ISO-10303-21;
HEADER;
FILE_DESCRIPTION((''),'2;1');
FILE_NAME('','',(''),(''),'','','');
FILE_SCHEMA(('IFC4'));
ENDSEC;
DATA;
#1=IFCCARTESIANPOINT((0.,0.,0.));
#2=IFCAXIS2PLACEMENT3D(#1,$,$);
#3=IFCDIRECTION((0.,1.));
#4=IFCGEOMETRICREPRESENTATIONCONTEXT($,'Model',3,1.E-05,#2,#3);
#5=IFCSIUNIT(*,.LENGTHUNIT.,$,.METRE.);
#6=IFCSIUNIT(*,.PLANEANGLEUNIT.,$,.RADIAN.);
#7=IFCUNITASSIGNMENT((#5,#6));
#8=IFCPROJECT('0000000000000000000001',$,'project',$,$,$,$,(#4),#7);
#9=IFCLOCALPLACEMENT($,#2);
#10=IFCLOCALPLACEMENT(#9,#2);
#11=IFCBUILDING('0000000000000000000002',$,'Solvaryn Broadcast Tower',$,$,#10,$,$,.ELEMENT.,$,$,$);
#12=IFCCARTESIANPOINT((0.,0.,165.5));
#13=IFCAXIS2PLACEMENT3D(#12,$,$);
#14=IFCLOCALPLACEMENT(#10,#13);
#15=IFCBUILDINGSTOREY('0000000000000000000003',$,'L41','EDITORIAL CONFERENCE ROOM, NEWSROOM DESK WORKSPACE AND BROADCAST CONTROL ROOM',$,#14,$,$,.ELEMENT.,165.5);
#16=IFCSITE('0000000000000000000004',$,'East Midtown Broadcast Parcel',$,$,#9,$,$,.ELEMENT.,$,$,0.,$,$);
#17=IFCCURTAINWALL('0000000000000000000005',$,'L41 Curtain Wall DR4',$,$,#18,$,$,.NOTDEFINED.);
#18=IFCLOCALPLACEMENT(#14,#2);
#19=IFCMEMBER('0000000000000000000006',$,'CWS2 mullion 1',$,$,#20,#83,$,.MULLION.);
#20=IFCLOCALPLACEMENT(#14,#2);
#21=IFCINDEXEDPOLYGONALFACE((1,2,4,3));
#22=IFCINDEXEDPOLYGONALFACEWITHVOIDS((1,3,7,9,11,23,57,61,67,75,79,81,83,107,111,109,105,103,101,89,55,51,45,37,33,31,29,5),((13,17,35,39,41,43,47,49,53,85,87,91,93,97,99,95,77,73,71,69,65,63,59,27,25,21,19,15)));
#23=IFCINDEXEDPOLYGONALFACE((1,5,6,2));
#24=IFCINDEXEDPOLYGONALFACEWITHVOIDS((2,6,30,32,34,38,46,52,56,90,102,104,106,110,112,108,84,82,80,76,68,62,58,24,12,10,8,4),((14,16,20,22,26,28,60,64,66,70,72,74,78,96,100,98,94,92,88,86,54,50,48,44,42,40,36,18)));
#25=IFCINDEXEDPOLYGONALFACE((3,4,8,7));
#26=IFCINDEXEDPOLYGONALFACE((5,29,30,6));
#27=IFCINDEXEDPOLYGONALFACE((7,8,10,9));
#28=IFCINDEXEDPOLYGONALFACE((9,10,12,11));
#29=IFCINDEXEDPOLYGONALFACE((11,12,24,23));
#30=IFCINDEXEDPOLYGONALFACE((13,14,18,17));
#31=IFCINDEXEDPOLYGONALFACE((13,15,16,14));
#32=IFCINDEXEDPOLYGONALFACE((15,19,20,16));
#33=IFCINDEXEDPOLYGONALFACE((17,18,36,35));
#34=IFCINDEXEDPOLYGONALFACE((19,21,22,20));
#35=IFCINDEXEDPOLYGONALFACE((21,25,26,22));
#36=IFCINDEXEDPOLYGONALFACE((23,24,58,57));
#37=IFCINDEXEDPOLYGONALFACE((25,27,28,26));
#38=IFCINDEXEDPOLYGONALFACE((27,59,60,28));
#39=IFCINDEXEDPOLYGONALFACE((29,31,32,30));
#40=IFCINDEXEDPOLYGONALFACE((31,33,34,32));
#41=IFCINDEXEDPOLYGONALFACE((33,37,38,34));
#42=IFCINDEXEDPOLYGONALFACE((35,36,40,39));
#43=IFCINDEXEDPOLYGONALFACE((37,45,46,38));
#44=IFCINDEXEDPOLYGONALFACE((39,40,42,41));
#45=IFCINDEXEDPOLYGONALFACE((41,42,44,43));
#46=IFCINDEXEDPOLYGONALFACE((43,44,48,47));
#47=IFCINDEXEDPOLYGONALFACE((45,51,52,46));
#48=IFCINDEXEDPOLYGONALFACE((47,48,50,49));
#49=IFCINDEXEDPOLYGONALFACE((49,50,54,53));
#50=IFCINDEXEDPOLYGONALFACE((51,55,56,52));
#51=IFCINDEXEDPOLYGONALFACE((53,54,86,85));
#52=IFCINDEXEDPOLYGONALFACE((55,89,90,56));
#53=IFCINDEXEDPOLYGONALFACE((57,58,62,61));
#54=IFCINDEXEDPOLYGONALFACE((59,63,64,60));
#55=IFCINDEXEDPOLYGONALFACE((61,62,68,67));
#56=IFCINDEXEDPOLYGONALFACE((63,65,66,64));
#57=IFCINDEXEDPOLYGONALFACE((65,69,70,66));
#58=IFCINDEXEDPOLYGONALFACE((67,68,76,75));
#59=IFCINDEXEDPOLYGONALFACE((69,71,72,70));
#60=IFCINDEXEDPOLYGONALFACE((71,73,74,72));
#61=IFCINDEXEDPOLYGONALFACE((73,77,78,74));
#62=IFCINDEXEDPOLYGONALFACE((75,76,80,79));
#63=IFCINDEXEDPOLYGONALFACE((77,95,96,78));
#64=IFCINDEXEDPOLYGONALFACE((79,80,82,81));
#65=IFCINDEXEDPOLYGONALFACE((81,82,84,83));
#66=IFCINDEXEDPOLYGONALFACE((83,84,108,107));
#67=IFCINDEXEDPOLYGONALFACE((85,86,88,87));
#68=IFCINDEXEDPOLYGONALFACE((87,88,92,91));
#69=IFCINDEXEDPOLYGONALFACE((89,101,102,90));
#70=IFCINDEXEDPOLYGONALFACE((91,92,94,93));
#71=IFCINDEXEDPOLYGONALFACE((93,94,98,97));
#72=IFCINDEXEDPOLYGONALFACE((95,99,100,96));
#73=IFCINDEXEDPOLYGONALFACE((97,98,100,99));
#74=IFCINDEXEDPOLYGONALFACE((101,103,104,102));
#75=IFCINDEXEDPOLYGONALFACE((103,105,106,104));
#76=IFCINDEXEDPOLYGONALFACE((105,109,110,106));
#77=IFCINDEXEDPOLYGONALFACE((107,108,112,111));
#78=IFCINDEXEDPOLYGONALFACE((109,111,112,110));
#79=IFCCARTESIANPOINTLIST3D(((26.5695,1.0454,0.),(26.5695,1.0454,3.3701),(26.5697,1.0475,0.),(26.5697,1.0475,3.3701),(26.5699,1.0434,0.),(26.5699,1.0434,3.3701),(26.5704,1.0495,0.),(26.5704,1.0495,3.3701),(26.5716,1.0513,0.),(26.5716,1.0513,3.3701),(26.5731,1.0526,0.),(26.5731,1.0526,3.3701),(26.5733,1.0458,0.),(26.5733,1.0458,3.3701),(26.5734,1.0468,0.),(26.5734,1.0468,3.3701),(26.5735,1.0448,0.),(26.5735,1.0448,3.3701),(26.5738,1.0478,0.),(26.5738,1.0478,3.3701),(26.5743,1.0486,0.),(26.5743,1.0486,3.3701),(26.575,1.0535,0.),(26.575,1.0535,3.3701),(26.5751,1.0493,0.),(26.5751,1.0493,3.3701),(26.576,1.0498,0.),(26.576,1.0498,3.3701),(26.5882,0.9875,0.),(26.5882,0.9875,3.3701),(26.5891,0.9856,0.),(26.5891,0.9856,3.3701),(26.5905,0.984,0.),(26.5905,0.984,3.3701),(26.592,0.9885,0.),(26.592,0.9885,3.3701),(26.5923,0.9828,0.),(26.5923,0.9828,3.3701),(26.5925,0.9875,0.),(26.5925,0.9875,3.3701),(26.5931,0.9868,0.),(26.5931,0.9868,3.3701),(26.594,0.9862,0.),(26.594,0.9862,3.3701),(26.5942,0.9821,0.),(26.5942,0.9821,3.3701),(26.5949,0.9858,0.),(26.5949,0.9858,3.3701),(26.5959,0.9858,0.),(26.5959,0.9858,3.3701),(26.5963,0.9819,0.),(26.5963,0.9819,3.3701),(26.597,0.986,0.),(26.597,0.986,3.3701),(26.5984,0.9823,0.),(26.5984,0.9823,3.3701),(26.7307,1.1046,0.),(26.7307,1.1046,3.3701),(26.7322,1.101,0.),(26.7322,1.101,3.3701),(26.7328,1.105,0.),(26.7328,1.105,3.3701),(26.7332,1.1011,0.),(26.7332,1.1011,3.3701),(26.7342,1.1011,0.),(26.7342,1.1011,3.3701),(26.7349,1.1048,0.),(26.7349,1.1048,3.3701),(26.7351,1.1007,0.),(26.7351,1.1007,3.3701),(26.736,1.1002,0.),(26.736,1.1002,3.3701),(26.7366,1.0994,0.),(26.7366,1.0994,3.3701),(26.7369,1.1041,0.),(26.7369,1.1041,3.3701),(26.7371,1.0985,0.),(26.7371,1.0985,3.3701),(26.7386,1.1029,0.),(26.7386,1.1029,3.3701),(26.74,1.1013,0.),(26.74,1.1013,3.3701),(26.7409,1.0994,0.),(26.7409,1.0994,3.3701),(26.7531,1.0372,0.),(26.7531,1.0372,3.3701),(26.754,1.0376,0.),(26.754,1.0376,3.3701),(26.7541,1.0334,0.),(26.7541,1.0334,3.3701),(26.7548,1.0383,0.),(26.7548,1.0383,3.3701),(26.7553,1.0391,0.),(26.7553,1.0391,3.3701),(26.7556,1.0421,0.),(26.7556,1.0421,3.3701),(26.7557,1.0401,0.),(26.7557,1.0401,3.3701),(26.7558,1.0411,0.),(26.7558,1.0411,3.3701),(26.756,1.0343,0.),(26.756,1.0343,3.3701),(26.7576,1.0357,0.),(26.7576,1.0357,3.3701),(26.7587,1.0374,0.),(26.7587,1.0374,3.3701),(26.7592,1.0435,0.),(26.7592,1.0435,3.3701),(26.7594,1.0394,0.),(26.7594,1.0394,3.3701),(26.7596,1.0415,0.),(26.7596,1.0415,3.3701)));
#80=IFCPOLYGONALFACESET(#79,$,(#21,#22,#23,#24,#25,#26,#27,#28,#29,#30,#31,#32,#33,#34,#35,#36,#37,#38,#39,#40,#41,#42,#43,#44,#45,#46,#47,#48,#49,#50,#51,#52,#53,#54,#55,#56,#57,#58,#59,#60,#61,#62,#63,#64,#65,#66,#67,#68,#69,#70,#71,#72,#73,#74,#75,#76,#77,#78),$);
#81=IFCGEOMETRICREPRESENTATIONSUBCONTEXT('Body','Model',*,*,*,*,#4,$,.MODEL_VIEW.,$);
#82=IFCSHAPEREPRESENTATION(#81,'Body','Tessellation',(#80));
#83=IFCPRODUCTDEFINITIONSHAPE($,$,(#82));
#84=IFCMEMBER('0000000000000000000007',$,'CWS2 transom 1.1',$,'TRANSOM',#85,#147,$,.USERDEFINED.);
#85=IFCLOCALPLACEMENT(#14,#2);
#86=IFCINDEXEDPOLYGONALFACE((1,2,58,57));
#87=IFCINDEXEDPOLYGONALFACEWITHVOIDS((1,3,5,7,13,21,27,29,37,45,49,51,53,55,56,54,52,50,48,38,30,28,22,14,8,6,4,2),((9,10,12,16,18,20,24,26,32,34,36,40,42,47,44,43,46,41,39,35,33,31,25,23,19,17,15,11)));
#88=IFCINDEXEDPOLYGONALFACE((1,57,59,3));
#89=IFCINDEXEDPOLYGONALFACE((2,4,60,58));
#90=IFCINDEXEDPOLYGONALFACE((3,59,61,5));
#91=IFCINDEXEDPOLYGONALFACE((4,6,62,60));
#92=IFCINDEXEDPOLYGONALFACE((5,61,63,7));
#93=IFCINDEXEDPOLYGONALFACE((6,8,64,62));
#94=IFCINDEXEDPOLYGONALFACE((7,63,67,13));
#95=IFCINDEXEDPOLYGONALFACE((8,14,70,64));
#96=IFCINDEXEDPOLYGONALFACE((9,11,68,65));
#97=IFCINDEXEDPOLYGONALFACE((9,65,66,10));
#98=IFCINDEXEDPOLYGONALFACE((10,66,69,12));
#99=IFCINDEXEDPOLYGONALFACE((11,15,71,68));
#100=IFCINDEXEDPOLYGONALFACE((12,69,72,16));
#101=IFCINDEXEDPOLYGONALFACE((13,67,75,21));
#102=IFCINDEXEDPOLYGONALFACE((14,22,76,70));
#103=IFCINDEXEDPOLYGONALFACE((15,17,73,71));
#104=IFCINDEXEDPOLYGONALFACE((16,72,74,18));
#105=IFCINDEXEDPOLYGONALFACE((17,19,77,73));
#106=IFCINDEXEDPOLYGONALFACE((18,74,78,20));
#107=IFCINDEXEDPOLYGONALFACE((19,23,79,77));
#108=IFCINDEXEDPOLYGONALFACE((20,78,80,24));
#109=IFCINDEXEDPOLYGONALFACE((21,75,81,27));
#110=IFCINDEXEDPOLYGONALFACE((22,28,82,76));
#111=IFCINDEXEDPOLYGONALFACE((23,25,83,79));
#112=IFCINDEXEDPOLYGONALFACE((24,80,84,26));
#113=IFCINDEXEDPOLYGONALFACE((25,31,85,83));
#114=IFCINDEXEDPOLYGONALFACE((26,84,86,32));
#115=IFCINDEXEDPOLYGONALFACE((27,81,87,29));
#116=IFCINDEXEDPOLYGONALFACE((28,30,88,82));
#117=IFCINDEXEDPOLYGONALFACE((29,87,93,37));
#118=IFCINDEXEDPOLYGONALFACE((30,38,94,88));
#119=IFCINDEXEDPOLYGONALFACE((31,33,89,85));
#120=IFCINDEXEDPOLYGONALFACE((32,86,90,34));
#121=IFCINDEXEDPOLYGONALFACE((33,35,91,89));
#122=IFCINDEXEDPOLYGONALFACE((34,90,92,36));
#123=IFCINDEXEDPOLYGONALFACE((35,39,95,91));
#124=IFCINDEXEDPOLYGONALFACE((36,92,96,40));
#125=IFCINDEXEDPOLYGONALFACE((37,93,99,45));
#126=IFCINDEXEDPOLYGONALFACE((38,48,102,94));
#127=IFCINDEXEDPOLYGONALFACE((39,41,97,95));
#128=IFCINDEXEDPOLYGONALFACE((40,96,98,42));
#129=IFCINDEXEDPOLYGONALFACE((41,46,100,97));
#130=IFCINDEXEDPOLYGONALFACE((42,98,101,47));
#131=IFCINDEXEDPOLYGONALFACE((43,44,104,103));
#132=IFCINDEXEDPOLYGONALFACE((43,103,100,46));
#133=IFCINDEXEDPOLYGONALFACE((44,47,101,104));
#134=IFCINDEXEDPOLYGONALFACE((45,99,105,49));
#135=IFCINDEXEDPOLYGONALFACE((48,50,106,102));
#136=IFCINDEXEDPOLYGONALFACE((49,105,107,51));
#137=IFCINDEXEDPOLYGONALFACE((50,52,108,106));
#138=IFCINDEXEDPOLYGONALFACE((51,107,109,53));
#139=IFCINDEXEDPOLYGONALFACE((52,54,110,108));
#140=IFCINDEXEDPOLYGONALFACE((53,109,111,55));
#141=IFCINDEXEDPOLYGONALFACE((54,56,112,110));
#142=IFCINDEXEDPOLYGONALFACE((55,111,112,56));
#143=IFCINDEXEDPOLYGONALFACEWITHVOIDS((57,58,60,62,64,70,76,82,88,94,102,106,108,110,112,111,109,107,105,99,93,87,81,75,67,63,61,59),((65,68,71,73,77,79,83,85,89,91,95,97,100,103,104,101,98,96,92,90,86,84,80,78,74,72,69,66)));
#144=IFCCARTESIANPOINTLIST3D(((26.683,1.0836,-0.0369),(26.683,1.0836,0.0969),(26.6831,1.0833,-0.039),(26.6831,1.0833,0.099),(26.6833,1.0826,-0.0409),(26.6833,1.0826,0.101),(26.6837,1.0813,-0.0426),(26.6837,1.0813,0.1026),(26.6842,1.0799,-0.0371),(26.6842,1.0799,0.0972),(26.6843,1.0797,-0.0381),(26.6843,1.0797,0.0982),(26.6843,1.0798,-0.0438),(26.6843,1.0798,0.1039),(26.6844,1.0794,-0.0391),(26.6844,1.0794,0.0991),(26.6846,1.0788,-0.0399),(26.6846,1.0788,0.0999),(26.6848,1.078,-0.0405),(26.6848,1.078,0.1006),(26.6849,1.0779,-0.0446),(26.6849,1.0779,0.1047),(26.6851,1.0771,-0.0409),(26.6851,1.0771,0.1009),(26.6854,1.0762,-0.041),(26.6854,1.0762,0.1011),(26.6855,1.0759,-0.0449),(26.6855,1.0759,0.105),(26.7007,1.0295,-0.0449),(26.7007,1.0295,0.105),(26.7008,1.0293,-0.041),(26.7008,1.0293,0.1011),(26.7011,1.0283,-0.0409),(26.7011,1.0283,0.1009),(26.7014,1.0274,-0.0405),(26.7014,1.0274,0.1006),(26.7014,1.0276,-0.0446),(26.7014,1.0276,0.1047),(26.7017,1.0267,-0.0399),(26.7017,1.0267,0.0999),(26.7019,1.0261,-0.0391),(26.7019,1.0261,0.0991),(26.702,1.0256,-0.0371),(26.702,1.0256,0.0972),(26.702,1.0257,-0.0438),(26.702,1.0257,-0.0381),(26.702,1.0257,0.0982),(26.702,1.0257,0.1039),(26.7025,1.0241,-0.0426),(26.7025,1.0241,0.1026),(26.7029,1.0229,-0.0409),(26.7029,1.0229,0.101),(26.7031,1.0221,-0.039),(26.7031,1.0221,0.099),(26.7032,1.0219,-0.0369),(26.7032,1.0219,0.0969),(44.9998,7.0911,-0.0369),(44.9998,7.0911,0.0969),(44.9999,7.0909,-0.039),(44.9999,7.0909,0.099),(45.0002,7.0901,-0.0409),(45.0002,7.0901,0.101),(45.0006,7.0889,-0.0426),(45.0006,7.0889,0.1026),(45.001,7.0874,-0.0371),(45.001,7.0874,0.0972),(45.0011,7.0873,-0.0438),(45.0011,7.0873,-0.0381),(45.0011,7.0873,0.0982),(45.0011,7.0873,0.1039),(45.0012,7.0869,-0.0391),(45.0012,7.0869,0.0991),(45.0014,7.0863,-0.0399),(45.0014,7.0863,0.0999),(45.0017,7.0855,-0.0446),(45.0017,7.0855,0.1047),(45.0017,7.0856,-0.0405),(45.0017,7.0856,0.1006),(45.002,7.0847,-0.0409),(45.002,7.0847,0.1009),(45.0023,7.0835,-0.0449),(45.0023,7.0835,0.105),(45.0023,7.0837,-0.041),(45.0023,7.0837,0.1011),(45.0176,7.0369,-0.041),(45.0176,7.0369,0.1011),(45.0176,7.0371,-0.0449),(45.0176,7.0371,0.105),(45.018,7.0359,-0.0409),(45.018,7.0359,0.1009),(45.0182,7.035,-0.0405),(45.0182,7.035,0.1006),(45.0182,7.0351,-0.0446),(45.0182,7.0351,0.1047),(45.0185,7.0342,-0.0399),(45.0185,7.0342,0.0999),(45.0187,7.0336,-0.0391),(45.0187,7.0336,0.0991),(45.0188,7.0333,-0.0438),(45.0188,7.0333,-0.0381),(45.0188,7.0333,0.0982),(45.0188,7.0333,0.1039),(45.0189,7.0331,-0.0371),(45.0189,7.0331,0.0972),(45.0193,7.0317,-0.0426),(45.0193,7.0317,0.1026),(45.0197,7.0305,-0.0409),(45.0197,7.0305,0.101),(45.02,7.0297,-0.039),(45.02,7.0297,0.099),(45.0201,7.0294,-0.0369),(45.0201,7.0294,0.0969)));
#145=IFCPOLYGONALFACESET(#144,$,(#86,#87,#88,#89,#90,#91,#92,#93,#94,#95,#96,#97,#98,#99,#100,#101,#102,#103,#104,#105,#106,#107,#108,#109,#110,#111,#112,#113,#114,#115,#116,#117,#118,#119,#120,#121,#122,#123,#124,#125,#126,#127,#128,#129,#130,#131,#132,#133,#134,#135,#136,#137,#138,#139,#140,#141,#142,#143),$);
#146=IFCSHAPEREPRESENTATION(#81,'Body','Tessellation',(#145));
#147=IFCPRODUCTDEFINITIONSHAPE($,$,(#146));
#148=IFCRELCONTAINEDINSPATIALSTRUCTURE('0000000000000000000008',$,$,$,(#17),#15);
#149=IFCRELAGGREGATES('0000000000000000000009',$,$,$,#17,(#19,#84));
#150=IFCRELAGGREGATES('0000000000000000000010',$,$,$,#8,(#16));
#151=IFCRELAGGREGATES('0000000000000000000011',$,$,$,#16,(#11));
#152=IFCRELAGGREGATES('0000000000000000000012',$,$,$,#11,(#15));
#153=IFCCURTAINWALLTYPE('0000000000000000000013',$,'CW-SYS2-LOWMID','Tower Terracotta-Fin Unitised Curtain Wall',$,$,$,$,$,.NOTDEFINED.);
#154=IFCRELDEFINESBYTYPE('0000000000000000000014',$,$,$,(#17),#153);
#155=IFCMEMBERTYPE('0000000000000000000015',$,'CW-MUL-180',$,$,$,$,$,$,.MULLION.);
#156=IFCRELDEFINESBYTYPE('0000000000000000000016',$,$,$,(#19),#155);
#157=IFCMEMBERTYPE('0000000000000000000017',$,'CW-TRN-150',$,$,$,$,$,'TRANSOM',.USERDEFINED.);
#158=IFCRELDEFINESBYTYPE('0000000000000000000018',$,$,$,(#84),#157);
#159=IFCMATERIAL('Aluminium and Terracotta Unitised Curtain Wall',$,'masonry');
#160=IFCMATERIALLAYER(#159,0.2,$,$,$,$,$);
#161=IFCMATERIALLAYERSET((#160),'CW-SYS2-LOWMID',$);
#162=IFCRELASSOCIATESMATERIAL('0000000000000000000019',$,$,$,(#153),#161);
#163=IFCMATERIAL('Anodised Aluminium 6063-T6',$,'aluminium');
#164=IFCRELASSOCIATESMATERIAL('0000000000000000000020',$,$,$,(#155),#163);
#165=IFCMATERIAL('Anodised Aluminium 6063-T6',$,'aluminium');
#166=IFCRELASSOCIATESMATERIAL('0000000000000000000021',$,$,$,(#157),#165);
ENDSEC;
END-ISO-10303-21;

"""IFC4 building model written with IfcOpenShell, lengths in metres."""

from ifc_helpers import new_model, si_unit, direction, frame, origin, origin_2d, place, context, subcontext, project, spatial, hollow_rectangle, extrude, material, layer, layer_set, material_profile, profile_set, type_object, element, aggregate, save


model = new_model("IFC4")

# Units and contexts
model_context = context("Model", 3, precision=1e-05, world=origin(), true_north=direction((0.0, 1.0)))
body_context = subcontext(model_context, "Body", "Model", "MODEL_VIEW")
ifc_project = project(units=[si_unit("LENGTHUNIT", "METRE"), si_unit("PLANEANGLEUNIT", "RADIAN")], contexts=[model_context])

# Site, building, storey
site_placement = place(None, origin())
site = spatial("IfcSite", under=ifc_project, at=site_placement, Name="East Midtown Broadcast Parcel", CompositionType="ELEMENT", RefElevation=0.0)
building_placement = place(site_placement, origin())
building = spatial("IfcBuilding", under=site, at=building_placement, Name="Solvaryn Broadcast Tower", CompositionType="ELEMENT")
storey_placement = place(building_placement, frame((0.0, 0.0, 165.5)))
storey = spatial("IfcBuildingStorey", under=building, at=storey_placement, Name="L41", Description="EDITORIAL CONFERENCE ROOM, NEWSROOM DESK WORKSPACE AND BROADCAST CONTROL ROOM", CompositionType="ELEMENT", Elevation=165.5)

# Shared definitions
ifc_material_1 = material(Name="Aluminium and Terracotta Unitised Curtain Wall", Category="masonry")
ifc_layer_1 = layer(ifc_material_1, 0.2)
ifc_layer_set_1 = layer_set([ifc_layer_1], Name="CW-SYS2-LOWMID")
curtain_wall_type = type_object("IfcCurtainWallType", Name="CW-SYS2-LOWMID", Description="Tower Terracotta-Fin Unitised Curtain Wall", PredefinedType="NOTDEFINED", material=ifc_layer_set_1)
ifc_material_2 = material(Name="Anodised Aluminium 6063-T6", Category="aluminium")
ifc_material_profile_1 = material_profile(ifc_material_2, hollow_rectangle(XDim=0.075, YDim=0.1799, WallThickness=0.0039, InnerFilletRadius=0.0039, OuterFilletRadius=0.0081, at=origin_2d()))
ifc_profile_set_1 = profile_set([ifc_material_profile_1], Name="Anodised Aluminium 6063-T6")
member_type_1 = type_object("IfcMemberType", Name="CW-MUL-180", PredefinedType="MULLION", material=ifc_profile_set_1)

# Curtain wall, members
curtain_wall_1_placement = place(storey_placement, origin())
curtain_wall_1 = element("IfcCurtainWall", 1, at=curtain_wall_1_placement, inside=storey, type_object=curtain_wall_type, Name="L41 Curtain Wall DR4", PredefinedType="NOTDEFINED")
member_1_placement = place(storey_placement, frame((26.6646, 1.0435, 0.0), z_axis=(0.0, 0.0, 1.0), x_axis=(-0.311646, 0.950198, 0.0)))
member_1 = element("IfcMember", 2, at=member_1_placement, type_object=member_type_1, Name="CWS2 mullion 1", PredefinedType="MULLION", context=body_context, shape_type="SweptSolid", body=[
    extrude(hollow_rectangle(XDim=0.075, YDim=0.1799, WallThickness=0.0039, InnerFilletRadius=0.0039, OuterFilletRadius=0.0081, at=origin_2d()), origin(), (0.0, 0.0, 1.0), 3.3701),
])
ifc_material_3 = material(Name="Anodised Aluminium 6063-T6", Category="aluminium")
ifc_material_profile_2 = material_profile(ifc_material_3, hollow_rectangle(XDim=0.0649, YDim=0.1499, WallThickness=0.0039, InnerFilletRadius=0.0039, OuterFilletRadius=0.0081, at=origin_2d()))
ifc_profile_set_2 = profile_set([ifc_material_profile_2], Name="Anodised Aluminium 6063-T6")
member_type_2 = type_object("IfcMemberType", Name="CW-TRN-150", ElementType="TRANSOM", PredefinedType="USERDEFINED", material=ifc_profile_set_2)
member_2_placement = place(storey_placement, frame((26.6931, 1.0527, 0.03), z_axis=(0.950198, 0.311646, 0.0), x_axis=(-0.311646, 0.950198, 0.0)))
member_2 = element("IfcMember", 3, at=member_2_placement, type_object=member_type_2, Name="CWS2 transom 1.1", ObjectType="TRANSOM", PredefinedType="USERDEFINED", context=body_context, shape_type="SweptSolid", body=[
    extrude(hollow_rectangle(XDim=0.0649, YDim=0.1499, WallThickness=0.0039, InnerFilletRadius=0.0039, OuterFilletRadius=0.0081, at=origin_2d()), origin(), (0.0, 0.0, 1.0), 19.2769),
])
aggregate(curtain_wall_1, [member_1, member_2])

save(model, "model.ifc")
